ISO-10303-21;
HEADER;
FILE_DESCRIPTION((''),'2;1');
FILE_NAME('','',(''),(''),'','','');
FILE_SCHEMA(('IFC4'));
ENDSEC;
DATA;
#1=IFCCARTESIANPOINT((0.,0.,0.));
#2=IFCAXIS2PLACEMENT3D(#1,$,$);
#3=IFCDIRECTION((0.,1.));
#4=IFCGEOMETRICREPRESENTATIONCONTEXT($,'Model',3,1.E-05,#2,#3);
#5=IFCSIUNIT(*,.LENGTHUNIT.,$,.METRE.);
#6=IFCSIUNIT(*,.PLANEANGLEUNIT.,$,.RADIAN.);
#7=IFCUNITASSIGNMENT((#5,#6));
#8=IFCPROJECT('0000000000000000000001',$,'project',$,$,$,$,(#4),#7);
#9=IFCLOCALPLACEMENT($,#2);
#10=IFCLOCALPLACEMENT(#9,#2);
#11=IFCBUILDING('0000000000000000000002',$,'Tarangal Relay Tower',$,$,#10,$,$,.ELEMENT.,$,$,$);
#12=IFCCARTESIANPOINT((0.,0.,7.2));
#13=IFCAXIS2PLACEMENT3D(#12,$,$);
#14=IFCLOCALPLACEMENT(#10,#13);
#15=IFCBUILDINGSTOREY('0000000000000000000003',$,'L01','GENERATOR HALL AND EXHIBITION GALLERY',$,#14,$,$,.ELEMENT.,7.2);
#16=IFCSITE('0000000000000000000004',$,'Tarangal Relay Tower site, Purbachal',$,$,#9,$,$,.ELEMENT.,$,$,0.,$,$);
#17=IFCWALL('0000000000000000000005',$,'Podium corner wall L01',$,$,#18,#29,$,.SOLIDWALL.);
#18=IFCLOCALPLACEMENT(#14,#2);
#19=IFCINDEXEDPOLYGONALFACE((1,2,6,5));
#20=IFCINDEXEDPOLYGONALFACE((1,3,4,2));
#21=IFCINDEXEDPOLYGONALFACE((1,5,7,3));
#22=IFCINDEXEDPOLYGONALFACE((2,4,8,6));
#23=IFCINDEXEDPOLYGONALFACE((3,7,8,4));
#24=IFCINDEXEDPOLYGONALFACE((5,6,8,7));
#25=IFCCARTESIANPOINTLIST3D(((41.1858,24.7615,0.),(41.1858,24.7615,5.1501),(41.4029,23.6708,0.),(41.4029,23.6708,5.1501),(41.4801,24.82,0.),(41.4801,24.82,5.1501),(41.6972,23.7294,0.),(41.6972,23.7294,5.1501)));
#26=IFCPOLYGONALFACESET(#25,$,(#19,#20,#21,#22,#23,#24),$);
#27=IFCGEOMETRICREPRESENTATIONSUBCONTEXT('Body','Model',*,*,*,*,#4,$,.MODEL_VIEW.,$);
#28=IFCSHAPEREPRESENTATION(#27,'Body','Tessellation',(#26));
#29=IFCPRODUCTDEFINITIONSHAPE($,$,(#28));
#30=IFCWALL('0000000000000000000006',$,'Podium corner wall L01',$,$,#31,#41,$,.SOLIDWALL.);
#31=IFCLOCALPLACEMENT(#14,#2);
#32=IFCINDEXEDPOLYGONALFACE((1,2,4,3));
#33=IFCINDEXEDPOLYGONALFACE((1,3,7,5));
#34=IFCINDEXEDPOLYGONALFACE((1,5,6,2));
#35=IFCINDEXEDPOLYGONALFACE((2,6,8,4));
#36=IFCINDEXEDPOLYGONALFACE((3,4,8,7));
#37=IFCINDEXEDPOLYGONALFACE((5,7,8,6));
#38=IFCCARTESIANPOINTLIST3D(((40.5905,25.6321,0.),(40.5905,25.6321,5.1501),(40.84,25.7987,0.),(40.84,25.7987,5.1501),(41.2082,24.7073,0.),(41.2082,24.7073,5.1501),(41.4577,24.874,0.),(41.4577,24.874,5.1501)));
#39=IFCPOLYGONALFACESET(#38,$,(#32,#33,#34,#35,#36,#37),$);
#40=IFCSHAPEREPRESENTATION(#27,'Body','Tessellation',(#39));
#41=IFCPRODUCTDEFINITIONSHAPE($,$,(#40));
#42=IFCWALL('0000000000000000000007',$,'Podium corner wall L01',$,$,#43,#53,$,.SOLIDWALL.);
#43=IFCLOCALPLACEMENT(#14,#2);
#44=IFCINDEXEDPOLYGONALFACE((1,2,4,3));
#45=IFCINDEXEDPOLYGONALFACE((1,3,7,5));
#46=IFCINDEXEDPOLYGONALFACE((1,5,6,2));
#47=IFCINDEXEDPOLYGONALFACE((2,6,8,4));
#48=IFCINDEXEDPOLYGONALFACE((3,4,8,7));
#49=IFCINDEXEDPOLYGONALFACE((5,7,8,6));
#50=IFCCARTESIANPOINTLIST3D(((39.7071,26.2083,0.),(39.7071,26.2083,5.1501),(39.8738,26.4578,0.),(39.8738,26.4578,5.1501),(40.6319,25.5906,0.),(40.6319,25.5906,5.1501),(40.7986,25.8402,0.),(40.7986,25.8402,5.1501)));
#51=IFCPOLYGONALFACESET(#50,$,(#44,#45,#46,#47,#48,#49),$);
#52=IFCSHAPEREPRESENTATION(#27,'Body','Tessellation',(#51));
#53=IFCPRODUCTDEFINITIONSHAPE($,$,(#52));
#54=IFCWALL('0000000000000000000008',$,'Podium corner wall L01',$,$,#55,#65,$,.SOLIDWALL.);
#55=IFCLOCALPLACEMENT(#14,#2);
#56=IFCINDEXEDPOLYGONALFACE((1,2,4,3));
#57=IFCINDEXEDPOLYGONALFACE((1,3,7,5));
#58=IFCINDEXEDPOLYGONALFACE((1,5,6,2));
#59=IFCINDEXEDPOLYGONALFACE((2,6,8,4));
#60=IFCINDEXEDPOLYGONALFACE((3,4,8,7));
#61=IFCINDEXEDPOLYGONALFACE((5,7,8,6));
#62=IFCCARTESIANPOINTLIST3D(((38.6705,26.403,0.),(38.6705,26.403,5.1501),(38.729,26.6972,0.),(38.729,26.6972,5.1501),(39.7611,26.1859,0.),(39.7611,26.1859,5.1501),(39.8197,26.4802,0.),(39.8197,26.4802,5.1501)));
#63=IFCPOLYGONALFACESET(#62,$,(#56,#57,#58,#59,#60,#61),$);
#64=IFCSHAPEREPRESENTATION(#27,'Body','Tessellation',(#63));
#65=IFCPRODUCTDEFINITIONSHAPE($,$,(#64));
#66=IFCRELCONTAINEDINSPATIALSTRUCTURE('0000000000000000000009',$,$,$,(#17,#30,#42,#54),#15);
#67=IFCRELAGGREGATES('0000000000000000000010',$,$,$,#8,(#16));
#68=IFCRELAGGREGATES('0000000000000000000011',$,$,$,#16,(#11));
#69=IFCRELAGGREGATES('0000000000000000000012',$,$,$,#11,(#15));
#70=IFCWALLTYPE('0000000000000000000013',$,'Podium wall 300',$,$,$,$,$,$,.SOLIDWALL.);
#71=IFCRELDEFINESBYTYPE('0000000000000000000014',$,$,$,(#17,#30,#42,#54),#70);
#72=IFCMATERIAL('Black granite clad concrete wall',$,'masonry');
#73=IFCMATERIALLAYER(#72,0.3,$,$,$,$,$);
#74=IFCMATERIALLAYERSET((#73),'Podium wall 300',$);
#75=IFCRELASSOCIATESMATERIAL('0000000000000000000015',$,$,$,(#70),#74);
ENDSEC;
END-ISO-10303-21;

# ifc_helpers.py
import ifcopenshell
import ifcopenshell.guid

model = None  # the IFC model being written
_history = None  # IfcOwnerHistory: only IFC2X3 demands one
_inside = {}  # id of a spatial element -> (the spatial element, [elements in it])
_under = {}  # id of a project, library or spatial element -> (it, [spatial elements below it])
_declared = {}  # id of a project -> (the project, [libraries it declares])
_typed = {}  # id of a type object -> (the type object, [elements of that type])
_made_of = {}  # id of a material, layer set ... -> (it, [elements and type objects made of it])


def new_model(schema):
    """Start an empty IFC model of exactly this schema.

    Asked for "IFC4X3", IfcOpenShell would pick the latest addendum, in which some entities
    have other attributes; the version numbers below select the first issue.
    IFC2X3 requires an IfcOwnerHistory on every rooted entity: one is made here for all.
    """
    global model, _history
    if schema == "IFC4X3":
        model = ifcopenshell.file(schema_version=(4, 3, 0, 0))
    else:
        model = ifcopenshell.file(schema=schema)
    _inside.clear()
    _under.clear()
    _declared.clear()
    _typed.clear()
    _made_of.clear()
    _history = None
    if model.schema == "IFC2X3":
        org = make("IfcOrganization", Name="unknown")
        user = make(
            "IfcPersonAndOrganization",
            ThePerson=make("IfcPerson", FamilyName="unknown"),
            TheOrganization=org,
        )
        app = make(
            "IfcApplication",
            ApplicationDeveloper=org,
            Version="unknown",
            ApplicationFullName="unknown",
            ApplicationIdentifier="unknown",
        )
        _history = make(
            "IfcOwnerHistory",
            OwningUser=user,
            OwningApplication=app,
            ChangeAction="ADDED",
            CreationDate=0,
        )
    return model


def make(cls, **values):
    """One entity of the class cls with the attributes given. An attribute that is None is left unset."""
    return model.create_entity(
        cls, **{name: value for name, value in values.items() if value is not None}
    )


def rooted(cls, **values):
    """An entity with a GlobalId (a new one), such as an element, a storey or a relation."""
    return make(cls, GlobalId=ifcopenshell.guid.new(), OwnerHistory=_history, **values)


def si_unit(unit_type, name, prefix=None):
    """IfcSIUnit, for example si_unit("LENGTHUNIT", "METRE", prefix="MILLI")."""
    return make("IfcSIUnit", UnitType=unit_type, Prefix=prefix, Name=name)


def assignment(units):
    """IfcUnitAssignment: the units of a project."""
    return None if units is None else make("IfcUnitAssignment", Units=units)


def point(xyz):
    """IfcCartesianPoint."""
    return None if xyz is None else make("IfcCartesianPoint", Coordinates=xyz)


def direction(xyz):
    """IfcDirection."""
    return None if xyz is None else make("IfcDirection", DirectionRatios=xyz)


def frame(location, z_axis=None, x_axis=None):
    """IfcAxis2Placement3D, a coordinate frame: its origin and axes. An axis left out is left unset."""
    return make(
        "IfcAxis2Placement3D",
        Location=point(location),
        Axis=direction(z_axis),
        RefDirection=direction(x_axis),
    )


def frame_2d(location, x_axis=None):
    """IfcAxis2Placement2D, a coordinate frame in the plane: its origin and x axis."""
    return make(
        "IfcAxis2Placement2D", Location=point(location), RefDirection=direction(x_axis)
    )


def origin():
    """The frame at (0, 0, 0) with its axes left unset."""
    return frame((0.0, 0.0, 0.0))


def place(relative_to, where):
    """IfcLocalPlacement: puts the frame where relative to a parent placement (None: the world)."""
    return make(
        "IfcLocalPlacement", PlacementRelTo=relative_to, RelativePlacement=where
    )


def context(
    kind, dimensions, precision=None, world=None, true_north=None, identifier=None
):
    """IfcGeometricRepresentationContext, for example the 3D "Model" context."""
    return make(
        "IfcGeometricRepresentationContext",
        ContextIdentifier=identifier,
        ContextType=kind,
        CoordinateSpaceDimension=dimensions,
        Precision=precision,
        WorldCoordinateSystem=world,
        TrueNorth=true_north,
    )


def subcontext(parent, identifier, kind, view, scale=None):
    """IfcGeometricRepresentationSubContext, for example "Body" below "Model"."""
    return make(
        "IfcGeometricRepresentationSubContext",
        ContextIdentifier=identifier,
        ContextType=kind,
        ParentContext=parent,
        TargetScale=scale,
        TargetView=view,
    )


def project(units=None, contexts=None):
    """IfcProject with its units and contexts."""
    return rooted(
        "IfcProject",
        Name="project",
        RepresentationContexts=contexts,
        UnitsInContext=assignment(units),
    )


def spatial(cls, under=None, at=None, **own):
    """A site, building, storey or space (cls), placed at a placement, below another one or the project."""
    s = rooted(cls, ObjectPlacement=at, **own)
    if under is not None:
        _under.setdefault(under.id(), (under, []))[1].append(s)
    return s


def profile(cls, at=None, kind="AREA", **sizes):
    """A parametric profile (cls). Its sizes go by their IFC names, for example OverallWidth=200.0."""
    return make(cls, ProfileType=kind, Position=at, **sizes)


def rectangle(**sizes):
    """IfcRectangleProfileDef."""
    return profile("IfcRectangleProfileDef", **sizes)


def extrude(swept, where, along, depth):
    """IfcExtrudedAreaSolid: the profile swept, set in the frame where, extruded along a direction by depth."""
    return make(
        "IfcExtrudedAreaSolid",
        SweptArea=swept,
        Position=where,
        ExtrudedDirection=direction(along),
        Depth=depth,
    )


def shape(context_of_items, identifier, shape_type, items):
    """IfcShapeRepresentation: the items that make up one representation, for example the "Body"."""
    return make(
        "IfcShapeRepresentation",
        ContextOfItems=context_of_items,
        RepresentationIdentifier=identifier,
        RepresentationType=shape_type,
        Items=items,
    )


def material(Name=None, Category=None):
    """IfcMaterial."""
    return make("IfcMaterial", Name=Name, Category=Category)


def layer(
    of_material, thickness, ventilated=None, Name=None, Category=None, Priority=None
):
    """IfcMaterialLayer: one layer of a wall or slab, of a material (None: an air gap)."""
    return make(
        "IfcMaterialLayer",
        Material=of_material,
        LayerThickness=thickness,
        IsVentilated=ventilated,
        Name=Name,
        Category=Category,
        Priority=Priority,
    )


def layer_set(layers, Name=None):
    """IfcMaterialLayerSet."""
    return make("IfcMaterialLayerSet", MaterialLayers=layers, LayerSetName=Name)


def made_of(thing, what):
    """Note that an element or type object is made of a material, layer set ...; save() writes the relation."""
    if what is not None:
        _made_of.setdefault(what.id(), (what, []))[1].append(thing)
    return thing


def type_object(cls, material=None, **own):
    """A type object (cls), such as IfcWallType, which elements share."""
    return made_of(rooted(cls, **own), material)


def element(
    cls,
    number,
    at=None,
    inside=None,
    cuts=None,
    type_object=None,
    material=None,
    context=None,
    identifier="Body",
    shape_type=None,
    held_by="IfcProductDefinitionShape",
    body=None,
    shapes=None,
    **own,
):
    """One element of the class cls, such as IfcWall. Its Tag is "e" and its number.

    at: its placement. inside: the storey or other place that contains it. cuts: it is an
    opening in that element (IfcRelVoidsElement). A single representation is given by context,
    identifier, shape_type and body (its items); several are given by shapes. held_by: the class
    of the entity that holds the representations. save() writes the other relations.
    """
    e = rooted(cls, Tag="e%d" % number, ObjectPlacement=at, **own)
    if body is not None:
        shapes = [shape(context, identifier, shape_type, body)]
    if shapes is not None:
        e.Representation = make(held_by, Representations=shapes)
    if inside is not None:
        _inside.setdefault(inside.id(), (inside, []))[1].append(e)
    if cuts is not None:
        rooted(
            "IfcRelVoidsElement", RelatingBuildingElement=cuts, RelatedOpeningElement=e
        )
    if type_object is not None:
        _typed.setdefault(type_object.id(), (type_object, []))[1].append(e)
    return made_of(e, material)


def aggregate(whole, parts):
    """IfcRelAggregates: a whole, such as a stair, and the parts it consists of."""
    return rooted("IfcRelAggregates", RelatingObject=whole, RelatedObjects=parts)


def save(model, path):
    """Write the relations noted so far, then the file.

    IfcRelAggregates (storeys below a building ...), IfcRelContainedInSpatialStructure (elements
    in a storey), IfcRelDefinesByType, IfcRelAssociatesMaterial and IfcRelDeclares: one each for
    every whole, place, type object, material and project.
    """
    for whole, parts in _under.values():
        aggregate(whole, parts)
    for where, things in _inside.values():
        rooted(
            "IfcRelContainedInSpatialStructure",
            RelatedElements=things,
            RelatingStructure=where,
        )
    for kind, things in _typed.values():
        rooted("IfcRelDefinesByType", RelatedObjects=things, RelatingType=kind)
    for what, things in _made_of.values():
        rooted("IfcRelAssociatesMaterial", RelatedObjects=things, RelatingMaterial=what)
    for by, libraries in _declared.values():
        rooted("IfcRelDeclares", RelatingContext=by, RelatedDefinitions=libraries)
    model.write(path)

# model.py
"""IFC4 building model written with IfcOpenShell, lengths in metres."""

from ifc_helpers import new_model, si_unit, direction, frame, frame_2d, origin, place, context, subcontext, project, spatial, rectangle, extrude, material, layer, layer_set, type_object, element, save


model = new_model("IFC4")

# Units and contexts
model_context = context("Model", 3, precision=1e-05, world=origin(), true_north=direction((0.0, 1.0)))
body_context = subcontext(model_context, "Body", "Model", "MODEL_VIEW")
ifc_project = project(units=[si_unit("LENGTHUNIT", "METRE"), si_unit("PLANEANGLEUNIT", "RADIAN")], contexts=[model_context])

# Site, building, storey
site_placement = place(None, origin())
site = spatial("IfcSite", under=ifc_project, at=site_placement, Name="Tarangal Relay Tower site, Purbachal", CompositionType="ELEMENT", RefElevation=0.0)
building_placement = place(site_placement, origin())
building = spatial("IfcBuilding", under=site, at=building_placement, Name="Tarangal Relay Tower", CompositionType="ELEMENT")
storey_placement = place(building_placement, frame((0.0, 0.0, 7.2)))
storey = spatial("IfcBuildingStorey", under=building, at=storey_placement, Name="L01", Description="GENERATOR HALL AND EXHIBITION GALLERY", CompositionType="ELEMENT", Elevation=7.2)

# Walls
ifc_material_1 = material(Name="Black granite clad concrete wall", Category="masonry")
ifc_layer_1 = layer(ifc_material_1, 0.3)
ifc_layer_set_1 = layer_set([ifc_layer_1], Name="Podium wall 300")
wall_type = type_object("IfcWallType", Name="Podium wall 300", PredefinedType="SOLIDWALL", material=ifc_layer_set_1)
for number, where, z_axis, x_axis, name in (
    (1, (41.55, 23.7, 0.0), (0.0, 0.0, 1.0), (-0.195187, 0.980766, 0.0), "Podium corner wall L01"),
    (2, (41.333, 24.7905, 0.0), (0.0, 0.0, 1.0), (-0.555409, 0.831577, 0.0), "Podium corner wall L01"),
    (3, (40.7153, 25.7153, 0.0), (0.0, 0.0, 1.0), (-0.831577, 0.555409, 0.0), "Podium corner wall L01"),
    (4, (39.7905, 26.333, 0.0), (0.0, 0.0, 1.0), (-0.980766, 0.195187, 0.0), "Podium corner wall L01"),
):
    element("IfcWall", number, at=place(storey_placement, frame(where, z_axis=z_axis, x_axis=x_axis)), inside=storey, type_object=wall_type, Name=name, PredefinedType="SOLIDWALL", context=body_context, shape_type="SweptSolid", body=[
        extrude(rectangle(XDim=1.1121, YDim=0.3, at=frame_2d((0.5562, 0.0))), origin(), (0.0, 0.0, 1.0), 5.1501),
    ])

save(model, "model.ifc")
